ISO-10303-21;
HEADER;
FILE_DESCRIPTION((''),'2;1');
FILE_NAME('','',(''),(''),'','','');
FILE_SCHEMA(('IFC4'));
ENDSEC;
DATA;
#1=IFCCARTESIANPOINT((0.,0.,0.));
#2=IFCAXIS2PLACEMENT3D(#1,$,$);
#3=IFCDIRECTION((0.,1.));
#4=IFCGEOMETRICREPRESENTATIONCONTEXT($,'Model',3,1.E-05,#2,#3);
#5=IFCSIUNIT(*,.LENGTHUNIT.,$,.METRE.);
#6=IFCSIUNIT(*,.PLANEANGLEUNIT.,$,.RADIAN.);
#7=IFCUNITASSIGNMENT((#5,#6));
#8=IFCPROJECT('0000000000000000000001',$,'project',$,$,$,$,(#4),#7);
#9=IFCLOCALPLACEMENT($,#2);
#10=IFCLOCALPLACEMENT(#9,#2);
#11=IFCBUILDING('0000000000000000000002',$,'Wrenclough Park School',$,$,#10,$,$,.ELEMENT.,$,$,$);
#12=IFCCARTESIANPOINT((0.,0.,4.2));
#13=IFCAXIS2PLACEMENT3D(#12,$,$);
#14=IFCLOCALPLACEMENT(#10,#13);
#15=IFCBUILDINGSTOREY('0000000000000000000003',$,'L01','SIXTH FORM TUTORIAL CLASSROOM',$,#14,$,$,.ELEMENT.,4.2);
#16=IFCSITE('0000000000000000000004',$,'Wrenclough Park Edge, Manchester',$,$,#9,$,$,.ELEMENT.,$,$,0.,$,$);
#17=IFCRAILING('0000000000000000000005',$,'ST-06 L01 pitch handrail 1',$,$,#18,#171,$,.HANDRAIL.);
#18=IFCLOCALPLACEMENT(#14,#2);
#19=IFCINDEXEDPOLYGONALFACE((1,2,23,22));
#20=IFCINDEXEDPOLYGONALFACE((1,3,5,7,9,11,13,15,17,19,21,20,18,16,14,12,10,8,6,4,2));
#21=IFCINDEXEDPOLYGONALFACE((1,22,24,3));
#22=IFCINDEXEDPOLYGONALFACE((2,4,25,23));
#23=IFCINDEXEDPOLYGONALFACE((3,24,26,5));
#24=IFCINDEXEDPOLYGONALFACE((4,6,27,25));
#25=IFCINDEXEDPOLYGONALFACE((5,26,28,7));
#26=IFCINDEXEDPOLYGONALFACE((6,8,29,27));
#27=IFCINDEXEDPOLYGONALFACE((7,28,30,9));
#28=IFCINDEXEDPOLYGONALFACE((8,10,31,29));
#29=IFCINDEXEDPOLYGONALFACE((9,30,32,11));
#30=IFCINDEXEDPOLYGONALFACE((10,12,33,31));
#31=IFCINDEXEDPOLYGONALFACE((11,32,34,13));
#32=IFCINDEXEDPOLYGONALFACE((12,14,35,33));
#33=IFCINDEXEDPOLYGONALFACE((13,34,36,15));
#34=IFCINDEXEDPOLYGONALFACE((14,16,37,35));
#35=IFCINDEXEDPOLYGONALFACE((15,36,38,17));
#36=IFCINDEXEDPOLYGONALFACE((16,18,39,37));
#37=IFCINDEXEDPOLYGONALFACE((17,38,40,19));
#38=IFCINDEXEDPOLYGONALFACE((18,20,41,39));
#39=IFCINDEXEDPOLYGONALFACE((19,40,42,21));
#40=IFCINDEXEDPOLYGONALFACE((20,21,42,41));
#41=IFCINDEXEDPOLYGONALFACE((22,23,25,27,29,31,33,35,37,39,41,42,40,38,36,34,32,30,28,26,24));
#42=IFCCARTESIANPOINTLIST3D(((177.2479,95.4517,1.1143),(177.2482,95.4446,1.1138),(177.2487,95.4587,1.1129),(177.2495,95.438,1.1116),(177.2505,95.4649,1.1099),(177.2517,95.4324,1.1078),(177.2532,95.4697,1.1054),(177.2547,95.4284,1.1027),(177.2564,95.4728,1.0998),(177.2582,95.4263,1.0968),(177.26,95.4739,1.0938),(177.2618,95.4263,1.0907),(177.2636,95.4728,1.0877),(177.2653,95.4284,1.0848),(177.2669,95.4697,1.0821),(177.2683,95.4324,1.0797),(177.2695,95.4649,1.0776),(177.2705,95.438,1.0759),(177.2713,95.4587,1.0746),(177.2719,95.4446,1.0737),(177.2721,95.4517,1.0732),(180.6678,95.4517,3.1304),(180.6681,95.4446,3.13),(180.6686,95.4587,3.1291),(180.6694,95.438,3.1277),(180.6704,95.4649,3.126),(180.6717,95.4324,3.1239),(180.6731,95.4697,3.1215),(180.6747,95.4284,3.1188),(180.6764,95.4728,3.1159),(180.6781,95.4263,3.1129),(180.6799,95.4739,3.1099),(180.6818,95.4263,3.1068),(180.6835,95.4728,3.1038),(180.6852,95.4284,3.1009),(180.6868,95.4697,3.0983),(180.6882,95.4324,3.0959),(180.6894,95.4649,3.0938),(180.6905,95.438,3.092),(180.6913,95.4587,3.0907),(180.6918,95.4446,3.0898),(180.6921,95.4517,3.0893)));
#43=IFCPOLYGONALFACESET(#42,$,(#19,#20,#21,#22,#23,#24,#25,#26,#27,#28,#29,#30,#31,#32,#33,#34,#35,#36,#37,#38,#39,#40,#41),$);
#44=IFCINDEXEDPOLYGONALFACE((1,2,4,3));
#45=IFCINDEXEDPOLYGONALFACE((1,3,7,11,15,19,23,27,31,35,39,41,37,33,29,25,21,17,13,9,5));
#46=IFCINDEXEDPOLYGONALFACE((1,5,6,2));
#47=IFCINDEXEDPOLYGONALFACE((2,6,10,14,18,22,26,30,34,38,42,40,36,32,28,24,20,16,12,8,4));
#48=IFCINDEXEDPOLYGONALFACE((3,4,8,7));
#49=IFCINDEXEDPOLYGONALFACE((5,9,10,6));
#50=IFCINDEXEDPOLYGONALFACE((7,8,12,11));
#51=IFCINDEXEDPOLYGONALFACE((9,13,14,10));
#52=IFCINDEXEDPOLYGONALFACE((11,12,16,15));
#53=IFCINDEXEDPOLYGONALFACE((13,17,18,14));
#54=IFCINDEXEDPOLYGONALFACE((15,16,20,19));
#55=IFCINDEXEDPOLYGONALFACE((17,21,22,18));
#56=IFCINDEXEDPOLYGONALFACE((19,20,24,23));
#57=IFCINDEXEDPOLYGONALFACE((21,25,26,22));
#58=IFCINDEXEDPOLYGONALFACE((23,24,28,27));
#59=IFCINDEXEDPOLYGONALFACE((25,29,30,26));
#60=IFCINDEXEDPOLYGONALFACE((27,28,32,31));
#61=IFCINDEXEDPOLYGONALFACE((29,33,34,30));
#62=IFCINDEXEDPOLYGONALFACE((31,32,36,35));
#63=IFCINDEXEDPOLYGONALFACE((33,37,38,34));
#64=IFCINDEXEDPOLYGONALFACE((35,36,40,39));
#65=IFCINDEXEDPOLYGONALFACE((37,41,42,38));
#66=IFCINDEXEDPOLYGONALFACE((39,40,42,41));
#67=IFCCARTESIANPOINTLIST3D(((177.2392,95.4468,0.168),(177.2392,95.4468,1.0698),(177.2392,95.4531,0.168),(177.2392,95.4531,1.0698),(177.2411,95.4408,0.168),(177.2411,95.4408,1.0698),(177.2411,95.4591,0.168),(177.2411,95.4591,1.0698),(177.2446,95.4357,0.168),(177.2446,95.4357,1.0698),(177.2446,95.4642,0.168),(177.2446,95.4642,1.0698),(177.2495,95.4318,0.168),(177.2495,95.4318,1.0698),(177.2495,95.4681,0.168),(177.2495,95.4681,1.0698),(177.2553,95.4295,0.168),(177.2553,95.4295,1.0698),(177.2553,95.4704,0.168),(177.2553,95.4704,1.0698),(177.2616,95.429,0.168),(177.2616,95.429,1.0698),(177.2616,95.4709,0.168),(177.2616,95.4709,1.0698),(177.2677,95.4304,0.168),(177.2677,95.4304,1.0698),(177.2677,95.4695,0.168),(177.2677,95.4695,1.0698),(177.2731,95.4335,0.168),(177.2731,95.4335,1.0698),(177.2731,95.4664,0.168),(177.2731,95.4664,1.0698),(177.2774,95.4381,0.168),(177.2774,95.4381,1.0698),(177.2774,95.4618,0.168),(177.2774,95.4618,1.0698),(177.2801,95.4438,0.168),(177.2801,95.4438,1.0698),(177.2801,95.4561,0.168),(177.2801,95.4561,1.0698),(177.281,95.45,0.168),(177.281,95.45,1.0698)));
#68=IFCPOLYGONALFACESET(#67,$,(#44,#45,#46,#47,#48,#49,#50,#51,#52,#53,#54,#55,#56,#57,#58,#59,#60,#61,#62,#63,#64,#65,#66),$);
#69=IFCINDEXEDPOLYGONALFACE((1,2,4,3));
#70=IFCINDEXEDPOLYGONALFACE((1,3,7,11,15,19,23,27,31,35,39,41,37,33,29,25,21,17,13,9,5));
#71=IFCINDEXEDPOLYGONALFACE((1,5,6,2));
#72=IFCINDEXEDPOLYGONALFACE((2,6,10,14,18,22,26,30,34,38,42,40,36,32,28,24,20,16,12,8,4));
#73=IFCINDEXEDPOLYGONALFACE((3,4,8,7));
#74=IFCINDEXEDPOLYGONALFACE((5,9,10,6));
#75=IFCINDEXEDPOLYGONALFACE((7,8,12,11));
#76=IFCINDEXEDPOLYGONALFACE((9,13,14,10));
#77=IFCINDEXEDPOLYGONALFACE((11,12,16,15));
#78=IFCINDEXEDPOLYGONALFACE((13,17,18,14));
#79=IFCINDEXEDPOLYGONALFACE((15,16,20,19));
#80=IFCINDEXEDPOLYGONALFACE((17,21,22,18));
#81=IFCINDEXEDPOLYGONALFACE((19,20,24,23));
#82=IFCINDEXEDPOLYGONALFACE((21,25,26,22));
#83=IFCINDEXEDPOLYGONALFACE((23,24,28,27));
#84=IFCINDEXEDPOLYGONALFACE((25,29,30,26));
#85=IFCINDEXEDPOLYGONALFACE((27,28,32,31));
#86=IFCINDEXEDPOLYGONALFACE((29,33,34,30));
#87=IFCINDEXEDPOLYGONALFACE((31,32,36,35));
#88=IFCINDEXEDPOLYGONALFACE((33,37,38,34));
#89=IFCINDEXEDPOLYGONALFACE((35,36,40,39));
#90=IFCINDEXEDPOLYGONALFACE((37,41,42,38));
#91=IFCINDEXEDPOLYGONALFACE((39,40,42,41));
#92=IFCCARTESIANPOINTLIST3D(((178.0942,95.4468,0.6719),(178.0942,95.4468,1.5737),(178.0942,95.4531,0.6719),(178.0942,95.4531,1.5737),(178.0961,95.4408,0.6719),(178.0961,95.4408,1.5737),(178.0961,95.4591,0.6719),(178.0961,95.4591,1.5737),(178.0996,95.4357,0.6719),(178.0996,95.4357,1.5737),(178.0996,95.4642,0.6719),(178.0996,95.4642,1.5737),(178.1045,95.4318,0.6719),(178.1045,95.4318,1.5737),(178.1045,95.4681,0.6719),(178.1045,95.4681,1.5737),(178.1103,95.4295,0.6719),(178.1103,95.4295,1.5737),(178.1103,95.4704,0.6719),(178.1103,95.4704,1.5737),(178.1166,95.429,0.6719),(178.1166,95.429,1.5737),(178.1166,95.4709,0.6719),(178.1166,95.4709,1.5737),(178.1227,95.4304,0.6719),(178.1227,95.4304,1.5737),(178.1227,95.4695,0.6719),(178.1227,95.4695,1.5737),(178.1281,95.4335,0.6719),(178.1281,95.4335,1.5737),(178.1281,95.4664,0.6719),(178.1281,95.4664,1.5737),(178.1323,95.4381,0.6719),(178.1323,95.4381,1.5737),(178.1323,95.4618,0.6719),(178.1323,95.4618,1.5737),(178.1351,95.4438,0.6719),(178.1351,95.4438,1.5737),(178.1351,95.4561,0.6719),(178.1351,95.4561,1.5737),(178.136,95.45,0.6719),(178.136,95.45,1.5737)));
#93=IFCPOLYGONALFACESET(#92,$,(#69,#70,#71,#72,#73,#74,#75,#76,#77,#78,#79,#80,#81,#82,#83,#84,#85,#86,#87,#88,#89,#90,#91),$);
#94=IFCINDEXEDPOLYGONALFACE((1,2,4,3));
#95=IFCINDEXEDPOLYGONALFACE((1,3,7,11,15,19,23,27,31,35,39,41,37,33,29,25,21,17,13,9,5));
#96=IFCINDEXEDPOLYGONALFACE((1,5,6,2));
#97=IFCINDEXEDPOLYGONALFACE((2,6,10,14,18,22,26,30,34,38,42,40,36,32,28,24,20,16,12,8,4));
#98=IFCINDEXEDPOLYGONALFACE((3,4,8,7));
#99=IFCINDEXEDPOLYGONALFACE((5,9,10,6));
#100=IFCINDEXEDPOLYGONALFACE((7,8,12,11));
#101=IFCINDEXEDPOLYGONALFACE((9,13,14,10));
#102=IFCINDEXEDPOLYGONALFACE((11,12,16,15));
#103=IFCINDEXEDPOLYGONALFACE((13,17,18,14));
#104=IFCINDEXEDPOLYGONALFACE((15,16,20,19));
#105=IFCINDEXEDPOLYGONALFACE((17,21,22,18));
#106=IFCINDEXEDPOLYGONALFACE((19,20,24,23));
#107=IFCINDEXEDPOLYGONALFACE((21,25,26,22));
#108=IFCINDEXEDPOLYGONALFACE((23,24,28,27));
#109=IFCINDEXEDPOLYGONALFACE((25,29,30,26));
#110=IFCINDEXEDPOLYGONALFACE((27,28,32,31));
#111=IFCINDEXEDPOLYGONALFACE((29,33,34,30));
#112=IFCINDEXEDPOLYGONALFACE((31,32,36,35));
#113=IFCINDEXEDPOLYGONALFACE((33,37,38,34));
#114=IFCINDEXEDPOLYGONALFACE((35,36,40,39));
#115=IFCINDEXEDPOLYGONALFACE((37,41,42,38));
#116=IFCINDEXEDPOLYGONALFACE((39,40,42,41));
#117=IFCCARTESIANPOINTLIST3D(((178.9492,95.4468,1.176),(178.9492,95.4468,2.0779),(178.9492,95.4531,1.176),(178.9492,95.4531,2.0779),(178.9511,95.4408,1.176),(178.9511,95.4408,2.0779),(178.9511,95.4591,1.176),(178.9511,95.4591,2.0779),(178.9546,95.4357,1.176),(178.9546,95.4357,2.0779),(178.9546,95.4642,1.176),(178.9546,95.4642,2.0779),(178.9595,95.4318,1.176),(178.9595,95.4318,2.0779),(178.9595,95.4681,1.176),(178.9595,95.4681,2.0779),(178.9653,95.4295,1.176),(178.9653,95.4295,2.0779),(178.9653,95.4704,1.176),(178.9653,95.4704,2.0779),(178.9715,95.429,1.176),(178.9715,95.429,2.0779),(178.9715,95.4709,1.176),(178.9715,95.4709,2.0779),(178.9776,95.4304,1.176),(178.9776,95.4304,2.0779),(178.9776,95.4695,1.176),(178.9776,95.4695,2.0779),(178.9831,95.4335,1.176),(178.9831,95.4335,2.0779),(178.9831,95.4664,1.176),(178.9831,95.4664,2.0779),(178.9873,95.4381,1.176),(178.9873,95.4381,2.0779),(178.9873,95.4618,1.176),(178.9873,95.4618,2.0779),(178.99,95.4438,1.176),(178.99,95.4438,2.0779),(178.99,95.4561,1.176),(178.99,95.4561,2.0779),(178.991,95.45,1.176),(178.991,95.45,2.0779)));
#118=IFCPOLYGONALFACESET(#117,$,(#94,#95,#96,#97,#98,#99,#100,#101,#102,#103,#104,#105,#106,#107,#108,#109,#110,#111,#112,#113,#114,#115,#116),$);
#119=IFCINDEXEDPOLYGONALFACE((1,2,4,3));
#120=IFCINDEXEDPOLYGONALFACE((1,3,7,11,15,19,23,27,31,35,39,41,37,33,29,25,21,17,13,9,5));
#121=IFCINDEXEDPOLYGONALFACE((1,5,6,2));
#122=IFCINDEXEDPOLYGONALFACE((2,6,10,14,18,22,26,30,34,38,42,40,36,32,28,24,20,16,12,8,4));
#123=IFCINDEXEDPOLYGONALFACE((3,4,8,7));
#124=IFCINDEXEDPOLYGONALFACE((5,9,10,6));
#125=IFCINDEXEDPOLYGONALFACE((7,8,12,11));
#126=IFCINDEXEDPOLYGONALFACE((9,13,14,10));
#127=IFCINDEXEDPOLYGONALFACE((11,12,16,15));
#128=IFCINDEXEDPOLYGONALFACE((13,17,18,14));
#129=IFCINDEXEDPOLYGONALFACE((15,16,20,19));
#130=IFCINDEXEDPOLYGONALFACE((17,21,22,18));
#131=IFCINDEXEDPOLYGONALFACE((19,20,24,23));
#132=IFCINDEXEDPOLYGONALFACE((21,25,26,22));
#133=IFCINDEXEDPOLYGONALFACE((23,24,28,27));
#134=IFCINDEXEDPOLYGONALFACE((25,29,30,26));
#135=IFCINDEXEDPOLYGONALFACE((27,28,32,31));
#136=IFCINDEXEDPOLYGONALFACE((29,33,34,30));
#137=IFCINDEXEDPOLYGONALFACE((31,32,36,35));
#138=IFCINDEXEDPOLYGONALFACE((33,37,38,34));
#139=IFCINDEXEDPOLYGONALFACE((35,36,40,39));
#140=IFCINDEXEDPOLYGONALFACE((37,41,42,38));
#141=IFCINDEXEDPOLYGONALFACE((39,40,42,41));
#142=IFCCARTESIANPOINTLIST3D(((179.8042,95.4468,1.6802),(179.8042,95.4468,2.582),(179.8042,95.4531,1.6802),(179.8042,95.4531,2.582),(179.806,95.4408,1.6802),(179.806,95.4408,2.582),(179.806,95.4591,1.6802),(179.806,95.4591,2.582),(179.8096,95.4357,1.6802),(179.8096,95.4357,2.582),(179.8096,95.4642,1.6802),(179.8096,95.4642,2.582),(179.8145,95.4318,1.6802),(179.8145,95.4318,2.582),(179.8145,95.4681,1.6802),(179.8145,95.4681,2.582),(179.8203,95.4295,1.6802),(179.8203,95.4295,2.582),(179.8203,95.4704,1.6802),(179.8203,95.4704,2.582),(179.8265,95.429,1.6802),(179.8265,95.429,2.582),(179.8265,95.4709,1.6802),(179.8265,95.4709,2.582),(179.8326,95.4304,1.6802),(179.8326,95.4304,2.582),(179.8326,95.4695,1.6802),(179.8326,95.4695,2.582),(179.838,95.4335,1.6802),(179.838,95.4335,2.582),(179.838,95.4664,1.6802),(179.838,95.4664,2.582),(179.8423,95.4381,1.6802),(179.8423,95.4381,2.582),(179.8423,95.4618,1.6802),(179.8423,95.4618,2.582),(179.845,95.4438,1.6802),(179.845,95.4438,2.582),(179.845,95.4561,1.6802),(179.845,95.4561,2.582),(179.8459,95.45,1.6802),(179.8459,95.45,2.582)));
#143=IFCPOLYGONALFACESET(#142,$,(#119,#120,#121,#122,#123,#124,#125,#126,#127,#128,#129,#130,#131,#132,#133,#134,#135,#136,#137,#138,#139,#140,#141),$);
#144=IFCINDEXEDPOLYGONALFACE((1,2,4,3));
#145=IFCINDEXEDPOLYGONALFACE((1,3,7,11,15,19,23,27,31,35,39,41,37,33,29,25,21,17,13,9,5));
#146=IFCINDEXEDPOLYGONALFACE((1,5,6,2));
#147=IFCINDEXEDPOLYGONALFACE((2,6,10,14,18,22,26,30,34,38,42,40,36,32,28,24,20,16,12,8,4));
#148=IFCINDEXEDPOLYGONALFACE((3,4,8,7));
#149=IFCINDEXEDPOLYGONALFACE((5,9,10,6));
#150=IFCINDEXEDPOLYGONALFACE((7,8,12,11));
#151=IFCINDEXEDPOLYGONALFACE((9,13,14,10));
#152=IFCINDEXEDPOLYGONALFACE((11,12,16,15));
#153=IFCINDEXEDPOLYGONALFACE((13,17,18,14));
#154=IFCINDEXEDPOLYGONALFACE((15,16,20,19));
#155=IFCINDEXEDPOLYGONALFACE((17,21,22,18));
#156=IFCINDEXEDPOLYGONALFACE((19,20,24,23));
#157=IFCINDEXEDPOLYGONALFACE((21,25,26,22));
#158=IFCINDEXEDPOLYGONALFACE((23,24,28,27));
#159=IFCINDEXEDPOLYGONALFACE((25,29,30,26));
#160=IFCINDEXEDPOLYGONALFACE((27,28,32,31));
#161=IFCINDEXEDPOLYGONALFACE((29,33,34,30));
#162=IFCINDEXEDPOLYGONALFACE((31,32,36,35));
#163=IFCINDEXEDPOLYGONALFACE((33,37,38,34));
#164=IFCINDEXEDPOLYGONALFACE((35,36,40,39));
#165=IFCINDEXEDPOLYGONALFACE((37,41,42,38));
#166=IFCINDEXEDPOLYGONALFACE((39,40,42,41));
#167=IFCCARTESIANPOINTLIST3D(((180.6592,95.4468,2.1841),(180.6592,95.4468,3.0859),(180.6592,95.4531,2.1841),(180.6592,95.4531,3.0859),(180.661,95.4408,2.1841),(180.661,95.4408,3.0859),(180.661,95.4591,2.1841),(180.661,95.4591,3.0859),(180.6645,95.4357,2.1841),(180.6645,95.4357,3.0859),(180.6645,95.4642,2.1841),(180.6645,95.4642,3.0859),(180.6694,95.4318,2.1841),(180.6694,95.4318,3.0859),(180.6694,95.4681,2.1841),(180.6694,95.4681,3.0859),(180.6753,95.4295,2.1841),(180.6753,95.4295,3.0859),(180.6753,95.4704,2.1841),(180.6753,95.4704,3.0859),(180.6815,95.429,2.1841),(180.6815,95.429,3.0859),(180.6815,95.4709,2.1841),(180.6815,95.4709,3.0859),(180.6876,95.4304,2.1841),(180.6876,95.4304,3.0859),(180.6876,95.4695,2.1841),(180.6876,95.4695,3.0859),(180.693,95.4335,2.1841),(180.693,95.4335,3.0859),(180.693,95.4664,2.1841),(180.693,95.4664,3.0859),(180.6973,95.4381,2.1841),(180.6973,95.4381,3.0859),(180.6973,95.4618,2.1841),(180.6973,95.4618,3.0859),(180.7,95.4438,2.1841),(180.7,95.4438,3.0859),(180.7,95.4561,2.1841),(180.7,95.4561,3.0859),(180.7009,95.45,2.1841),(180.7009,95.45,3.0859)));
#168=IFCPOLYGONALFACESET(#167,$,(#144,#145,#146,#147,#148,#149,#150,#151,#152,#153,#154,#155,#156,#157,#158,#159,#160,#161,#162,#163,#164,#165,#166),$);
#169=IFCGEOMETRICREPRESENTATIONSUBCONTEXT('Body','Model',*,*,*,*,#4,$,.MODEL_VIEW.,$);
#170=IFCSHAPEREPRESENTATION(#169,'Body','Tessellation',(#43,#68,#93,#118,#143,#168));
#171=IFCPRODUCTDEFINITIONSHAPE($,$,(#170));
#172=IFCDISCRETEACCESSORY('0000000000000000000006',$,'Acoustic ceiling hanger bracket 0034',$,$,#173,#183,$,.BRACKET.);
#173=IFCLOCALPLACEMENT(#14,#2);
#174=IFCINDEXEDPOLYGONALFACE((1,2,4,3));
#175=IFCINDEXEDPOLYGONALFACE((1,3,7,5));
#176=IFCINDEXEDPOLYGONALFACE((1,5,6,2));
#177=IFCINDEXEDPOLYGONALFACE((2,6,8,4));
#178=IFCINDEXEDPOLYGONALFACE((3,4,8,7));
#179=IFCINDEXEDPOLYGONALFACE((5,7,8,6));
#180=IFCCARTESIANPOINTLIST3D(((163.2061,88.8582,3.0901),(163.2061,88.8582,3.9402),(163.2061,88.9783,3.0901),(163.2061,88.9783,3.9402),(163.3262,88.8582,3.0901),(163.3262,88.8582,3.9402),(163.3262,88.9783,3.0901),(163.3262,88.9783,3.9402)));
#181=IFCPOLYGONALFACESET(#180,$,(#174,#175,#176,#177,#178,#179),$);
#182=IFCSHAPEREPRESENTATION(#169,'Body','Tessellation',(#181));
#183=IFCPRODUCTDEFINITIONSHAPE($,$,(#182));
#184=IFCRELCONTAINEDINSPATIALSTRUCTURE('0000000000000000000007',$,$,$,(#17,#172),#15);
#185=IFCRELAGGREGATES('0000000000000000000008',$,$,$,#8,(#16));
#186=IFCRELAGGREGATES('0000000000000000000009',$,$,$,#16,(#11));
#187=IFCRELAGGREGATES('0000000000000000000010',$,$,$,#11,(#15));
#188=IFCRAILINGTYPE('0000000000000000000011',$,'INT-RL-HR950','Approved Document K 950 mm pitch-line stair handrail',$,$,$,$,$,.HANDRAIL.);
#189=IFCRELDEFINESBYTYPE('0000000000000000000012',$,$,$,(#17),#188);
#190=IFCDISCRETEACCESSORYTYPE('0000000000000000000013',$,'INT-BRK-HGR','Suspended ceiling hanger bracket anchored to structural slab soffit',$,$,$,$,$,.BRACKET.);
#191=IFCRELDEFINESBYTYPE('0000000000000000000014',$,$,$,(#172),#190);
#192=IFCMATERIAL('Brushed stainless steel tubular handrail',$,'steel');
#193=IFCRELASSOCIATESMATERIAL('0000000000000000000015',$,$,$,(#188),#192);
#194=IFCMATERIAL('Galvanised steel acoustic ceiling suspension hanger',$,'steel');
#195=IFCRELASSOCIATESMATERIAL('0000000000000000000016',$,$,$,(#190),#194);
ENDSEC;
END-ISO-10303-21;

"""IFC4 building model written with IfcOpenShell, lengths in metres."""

from ifc_helpers import new_model, si_unit, direction, frame, origin, origin_2d, place, context, subcontext, project, spatial, rectangle, circle, extrude, material, type_object, element, save


model = new_model("IFC4")

# Units and contexts
model_context = context("Model", 3, precision=1e-05, world=origin(), true_north=direction((0.0, 1.0)))
body_context = subcontext(model_context, "Body", "Model", "MODEL_VIEW")
ifc_project = project(units=[si_unit("LENGTHUNIT", "METRE"), si_unit("PLANEANGLEUNIT", "RADIAN")], contexts=[model_context])

# Site, building, storey
site_placement = place(None, origin())
site = spatial("IfcSite", under=ifc_project, at=site_placement, Name="Wrenclough Park Edge, Manchester", CompositionType="ELEMENT", RefElevation=0.0)
building_placement = place(site_placement, origin())
building = spatial("IfcBuilding", under=site, at=building_placement, Name="Wrenclough Park School", CompositionType="ELEMENT")
storey_placement = place(building_placement, frame((0.0, 0.0, 4.2)))
storey = spatial("IfcBuildingStorey", under=building, at=storey_placement, Name="L01", Description="SIXTH FORM TUTORIAL CLASSROOM", CompositionType="ELEMENT", Elevation=4.2)

# Railing
ifc_material_1 = material(Name="Brushed stainless steel tubular handrail", Category="steel")
railing_type_1 = type_object("IfcRailingType", Name="INT-RL-HR950", Description="Approved Document K 950 mm pitch-line stair handrail", PredefinedType="HANDRAIL", material=ifc_material_1)
railing_1_placement = place(storey_placement, frame((177.26, 95.45, 0.168)))
element("IfcRailing", 1, at=railing_1_placement, inside=storey, type_object=railing_type_1, Name="ST-06 L01 pitch handrail 1", PredefinedType="HANDRAIL", context=body_context, shape_type="SweptSolid", body=[
    extrude(circle(Radius=0.0239, at=origin_2d()), frame((0.0, 0.0, 0.9258), z_axis=(0.86145, 0.0, 0.507842), x_axis=(0.0, 1.0, 0.0)), (0.0, 0.0, 1.0), 3.97),
    extrude(circle(Radius=0.021, at=origin_2d()), origin(), (0.0, 0.0, 1.0), 0.9019),
    extrude(circle(Radius=0.021, at=origin_2d()), frame((0.855, 0.0, 0.5039)), (0.0, 0.0, 1.0), 0.9019),
    extrude(circle(Radius=0.021, at=origin_2d()), frame((1.71, 0.0, 1.0081)), (0.0, 0.0, 1.0), 0.9019),
    extrude(circle(Radius=0.021, at=origin_2d()), frame((2.5649, 0.0, 1.5122)), (0.0, 0.0, 1.0), 0.9019),
    extrude(circle(Radius=0.021, at=origin_2d()), frame((3.4199, 0.0, 2.0161)), (0.0, 0.0, 1.0), 0.9019),
])

# Discrete accessory
ifc_material_2 = material(Name="Galvanised steel acoustic ceiling suspension hanger", Category="steel")
discrete_accessory_type = type_object("IfcDiscreteAccessoryType", Name="INT-BRK-HGR", Description="Suspended ceiling hanger bracket anchored to structural slab soffit", PredefinedType="BRACKET", material=ifc_material_2)
discrete_accessory_placement = place(storey_placement, frame((163.2661, 88.9182, 3.0901), z_axis=(0.0, 0.0, 1.0), x_axis=(1.0, 0.0, 0.0)))
element("IfcDiscreteAccessory", 2, at=discrete_accessory_placement, inside=storey, type_object=discrete_accessory_type, Name="Acoustic ceiling hanger bracket 0034", PredefinedType="BRACKET", context=body_context, shape_type="SweptSolid", body=[
    extrude(rectangle(XDim=0.1201, YDim=0.1201, at=origin_2d()), origin(), (0.0, 0.0, 1.0), 0.8501),
])

save(model, "model.ifc")
